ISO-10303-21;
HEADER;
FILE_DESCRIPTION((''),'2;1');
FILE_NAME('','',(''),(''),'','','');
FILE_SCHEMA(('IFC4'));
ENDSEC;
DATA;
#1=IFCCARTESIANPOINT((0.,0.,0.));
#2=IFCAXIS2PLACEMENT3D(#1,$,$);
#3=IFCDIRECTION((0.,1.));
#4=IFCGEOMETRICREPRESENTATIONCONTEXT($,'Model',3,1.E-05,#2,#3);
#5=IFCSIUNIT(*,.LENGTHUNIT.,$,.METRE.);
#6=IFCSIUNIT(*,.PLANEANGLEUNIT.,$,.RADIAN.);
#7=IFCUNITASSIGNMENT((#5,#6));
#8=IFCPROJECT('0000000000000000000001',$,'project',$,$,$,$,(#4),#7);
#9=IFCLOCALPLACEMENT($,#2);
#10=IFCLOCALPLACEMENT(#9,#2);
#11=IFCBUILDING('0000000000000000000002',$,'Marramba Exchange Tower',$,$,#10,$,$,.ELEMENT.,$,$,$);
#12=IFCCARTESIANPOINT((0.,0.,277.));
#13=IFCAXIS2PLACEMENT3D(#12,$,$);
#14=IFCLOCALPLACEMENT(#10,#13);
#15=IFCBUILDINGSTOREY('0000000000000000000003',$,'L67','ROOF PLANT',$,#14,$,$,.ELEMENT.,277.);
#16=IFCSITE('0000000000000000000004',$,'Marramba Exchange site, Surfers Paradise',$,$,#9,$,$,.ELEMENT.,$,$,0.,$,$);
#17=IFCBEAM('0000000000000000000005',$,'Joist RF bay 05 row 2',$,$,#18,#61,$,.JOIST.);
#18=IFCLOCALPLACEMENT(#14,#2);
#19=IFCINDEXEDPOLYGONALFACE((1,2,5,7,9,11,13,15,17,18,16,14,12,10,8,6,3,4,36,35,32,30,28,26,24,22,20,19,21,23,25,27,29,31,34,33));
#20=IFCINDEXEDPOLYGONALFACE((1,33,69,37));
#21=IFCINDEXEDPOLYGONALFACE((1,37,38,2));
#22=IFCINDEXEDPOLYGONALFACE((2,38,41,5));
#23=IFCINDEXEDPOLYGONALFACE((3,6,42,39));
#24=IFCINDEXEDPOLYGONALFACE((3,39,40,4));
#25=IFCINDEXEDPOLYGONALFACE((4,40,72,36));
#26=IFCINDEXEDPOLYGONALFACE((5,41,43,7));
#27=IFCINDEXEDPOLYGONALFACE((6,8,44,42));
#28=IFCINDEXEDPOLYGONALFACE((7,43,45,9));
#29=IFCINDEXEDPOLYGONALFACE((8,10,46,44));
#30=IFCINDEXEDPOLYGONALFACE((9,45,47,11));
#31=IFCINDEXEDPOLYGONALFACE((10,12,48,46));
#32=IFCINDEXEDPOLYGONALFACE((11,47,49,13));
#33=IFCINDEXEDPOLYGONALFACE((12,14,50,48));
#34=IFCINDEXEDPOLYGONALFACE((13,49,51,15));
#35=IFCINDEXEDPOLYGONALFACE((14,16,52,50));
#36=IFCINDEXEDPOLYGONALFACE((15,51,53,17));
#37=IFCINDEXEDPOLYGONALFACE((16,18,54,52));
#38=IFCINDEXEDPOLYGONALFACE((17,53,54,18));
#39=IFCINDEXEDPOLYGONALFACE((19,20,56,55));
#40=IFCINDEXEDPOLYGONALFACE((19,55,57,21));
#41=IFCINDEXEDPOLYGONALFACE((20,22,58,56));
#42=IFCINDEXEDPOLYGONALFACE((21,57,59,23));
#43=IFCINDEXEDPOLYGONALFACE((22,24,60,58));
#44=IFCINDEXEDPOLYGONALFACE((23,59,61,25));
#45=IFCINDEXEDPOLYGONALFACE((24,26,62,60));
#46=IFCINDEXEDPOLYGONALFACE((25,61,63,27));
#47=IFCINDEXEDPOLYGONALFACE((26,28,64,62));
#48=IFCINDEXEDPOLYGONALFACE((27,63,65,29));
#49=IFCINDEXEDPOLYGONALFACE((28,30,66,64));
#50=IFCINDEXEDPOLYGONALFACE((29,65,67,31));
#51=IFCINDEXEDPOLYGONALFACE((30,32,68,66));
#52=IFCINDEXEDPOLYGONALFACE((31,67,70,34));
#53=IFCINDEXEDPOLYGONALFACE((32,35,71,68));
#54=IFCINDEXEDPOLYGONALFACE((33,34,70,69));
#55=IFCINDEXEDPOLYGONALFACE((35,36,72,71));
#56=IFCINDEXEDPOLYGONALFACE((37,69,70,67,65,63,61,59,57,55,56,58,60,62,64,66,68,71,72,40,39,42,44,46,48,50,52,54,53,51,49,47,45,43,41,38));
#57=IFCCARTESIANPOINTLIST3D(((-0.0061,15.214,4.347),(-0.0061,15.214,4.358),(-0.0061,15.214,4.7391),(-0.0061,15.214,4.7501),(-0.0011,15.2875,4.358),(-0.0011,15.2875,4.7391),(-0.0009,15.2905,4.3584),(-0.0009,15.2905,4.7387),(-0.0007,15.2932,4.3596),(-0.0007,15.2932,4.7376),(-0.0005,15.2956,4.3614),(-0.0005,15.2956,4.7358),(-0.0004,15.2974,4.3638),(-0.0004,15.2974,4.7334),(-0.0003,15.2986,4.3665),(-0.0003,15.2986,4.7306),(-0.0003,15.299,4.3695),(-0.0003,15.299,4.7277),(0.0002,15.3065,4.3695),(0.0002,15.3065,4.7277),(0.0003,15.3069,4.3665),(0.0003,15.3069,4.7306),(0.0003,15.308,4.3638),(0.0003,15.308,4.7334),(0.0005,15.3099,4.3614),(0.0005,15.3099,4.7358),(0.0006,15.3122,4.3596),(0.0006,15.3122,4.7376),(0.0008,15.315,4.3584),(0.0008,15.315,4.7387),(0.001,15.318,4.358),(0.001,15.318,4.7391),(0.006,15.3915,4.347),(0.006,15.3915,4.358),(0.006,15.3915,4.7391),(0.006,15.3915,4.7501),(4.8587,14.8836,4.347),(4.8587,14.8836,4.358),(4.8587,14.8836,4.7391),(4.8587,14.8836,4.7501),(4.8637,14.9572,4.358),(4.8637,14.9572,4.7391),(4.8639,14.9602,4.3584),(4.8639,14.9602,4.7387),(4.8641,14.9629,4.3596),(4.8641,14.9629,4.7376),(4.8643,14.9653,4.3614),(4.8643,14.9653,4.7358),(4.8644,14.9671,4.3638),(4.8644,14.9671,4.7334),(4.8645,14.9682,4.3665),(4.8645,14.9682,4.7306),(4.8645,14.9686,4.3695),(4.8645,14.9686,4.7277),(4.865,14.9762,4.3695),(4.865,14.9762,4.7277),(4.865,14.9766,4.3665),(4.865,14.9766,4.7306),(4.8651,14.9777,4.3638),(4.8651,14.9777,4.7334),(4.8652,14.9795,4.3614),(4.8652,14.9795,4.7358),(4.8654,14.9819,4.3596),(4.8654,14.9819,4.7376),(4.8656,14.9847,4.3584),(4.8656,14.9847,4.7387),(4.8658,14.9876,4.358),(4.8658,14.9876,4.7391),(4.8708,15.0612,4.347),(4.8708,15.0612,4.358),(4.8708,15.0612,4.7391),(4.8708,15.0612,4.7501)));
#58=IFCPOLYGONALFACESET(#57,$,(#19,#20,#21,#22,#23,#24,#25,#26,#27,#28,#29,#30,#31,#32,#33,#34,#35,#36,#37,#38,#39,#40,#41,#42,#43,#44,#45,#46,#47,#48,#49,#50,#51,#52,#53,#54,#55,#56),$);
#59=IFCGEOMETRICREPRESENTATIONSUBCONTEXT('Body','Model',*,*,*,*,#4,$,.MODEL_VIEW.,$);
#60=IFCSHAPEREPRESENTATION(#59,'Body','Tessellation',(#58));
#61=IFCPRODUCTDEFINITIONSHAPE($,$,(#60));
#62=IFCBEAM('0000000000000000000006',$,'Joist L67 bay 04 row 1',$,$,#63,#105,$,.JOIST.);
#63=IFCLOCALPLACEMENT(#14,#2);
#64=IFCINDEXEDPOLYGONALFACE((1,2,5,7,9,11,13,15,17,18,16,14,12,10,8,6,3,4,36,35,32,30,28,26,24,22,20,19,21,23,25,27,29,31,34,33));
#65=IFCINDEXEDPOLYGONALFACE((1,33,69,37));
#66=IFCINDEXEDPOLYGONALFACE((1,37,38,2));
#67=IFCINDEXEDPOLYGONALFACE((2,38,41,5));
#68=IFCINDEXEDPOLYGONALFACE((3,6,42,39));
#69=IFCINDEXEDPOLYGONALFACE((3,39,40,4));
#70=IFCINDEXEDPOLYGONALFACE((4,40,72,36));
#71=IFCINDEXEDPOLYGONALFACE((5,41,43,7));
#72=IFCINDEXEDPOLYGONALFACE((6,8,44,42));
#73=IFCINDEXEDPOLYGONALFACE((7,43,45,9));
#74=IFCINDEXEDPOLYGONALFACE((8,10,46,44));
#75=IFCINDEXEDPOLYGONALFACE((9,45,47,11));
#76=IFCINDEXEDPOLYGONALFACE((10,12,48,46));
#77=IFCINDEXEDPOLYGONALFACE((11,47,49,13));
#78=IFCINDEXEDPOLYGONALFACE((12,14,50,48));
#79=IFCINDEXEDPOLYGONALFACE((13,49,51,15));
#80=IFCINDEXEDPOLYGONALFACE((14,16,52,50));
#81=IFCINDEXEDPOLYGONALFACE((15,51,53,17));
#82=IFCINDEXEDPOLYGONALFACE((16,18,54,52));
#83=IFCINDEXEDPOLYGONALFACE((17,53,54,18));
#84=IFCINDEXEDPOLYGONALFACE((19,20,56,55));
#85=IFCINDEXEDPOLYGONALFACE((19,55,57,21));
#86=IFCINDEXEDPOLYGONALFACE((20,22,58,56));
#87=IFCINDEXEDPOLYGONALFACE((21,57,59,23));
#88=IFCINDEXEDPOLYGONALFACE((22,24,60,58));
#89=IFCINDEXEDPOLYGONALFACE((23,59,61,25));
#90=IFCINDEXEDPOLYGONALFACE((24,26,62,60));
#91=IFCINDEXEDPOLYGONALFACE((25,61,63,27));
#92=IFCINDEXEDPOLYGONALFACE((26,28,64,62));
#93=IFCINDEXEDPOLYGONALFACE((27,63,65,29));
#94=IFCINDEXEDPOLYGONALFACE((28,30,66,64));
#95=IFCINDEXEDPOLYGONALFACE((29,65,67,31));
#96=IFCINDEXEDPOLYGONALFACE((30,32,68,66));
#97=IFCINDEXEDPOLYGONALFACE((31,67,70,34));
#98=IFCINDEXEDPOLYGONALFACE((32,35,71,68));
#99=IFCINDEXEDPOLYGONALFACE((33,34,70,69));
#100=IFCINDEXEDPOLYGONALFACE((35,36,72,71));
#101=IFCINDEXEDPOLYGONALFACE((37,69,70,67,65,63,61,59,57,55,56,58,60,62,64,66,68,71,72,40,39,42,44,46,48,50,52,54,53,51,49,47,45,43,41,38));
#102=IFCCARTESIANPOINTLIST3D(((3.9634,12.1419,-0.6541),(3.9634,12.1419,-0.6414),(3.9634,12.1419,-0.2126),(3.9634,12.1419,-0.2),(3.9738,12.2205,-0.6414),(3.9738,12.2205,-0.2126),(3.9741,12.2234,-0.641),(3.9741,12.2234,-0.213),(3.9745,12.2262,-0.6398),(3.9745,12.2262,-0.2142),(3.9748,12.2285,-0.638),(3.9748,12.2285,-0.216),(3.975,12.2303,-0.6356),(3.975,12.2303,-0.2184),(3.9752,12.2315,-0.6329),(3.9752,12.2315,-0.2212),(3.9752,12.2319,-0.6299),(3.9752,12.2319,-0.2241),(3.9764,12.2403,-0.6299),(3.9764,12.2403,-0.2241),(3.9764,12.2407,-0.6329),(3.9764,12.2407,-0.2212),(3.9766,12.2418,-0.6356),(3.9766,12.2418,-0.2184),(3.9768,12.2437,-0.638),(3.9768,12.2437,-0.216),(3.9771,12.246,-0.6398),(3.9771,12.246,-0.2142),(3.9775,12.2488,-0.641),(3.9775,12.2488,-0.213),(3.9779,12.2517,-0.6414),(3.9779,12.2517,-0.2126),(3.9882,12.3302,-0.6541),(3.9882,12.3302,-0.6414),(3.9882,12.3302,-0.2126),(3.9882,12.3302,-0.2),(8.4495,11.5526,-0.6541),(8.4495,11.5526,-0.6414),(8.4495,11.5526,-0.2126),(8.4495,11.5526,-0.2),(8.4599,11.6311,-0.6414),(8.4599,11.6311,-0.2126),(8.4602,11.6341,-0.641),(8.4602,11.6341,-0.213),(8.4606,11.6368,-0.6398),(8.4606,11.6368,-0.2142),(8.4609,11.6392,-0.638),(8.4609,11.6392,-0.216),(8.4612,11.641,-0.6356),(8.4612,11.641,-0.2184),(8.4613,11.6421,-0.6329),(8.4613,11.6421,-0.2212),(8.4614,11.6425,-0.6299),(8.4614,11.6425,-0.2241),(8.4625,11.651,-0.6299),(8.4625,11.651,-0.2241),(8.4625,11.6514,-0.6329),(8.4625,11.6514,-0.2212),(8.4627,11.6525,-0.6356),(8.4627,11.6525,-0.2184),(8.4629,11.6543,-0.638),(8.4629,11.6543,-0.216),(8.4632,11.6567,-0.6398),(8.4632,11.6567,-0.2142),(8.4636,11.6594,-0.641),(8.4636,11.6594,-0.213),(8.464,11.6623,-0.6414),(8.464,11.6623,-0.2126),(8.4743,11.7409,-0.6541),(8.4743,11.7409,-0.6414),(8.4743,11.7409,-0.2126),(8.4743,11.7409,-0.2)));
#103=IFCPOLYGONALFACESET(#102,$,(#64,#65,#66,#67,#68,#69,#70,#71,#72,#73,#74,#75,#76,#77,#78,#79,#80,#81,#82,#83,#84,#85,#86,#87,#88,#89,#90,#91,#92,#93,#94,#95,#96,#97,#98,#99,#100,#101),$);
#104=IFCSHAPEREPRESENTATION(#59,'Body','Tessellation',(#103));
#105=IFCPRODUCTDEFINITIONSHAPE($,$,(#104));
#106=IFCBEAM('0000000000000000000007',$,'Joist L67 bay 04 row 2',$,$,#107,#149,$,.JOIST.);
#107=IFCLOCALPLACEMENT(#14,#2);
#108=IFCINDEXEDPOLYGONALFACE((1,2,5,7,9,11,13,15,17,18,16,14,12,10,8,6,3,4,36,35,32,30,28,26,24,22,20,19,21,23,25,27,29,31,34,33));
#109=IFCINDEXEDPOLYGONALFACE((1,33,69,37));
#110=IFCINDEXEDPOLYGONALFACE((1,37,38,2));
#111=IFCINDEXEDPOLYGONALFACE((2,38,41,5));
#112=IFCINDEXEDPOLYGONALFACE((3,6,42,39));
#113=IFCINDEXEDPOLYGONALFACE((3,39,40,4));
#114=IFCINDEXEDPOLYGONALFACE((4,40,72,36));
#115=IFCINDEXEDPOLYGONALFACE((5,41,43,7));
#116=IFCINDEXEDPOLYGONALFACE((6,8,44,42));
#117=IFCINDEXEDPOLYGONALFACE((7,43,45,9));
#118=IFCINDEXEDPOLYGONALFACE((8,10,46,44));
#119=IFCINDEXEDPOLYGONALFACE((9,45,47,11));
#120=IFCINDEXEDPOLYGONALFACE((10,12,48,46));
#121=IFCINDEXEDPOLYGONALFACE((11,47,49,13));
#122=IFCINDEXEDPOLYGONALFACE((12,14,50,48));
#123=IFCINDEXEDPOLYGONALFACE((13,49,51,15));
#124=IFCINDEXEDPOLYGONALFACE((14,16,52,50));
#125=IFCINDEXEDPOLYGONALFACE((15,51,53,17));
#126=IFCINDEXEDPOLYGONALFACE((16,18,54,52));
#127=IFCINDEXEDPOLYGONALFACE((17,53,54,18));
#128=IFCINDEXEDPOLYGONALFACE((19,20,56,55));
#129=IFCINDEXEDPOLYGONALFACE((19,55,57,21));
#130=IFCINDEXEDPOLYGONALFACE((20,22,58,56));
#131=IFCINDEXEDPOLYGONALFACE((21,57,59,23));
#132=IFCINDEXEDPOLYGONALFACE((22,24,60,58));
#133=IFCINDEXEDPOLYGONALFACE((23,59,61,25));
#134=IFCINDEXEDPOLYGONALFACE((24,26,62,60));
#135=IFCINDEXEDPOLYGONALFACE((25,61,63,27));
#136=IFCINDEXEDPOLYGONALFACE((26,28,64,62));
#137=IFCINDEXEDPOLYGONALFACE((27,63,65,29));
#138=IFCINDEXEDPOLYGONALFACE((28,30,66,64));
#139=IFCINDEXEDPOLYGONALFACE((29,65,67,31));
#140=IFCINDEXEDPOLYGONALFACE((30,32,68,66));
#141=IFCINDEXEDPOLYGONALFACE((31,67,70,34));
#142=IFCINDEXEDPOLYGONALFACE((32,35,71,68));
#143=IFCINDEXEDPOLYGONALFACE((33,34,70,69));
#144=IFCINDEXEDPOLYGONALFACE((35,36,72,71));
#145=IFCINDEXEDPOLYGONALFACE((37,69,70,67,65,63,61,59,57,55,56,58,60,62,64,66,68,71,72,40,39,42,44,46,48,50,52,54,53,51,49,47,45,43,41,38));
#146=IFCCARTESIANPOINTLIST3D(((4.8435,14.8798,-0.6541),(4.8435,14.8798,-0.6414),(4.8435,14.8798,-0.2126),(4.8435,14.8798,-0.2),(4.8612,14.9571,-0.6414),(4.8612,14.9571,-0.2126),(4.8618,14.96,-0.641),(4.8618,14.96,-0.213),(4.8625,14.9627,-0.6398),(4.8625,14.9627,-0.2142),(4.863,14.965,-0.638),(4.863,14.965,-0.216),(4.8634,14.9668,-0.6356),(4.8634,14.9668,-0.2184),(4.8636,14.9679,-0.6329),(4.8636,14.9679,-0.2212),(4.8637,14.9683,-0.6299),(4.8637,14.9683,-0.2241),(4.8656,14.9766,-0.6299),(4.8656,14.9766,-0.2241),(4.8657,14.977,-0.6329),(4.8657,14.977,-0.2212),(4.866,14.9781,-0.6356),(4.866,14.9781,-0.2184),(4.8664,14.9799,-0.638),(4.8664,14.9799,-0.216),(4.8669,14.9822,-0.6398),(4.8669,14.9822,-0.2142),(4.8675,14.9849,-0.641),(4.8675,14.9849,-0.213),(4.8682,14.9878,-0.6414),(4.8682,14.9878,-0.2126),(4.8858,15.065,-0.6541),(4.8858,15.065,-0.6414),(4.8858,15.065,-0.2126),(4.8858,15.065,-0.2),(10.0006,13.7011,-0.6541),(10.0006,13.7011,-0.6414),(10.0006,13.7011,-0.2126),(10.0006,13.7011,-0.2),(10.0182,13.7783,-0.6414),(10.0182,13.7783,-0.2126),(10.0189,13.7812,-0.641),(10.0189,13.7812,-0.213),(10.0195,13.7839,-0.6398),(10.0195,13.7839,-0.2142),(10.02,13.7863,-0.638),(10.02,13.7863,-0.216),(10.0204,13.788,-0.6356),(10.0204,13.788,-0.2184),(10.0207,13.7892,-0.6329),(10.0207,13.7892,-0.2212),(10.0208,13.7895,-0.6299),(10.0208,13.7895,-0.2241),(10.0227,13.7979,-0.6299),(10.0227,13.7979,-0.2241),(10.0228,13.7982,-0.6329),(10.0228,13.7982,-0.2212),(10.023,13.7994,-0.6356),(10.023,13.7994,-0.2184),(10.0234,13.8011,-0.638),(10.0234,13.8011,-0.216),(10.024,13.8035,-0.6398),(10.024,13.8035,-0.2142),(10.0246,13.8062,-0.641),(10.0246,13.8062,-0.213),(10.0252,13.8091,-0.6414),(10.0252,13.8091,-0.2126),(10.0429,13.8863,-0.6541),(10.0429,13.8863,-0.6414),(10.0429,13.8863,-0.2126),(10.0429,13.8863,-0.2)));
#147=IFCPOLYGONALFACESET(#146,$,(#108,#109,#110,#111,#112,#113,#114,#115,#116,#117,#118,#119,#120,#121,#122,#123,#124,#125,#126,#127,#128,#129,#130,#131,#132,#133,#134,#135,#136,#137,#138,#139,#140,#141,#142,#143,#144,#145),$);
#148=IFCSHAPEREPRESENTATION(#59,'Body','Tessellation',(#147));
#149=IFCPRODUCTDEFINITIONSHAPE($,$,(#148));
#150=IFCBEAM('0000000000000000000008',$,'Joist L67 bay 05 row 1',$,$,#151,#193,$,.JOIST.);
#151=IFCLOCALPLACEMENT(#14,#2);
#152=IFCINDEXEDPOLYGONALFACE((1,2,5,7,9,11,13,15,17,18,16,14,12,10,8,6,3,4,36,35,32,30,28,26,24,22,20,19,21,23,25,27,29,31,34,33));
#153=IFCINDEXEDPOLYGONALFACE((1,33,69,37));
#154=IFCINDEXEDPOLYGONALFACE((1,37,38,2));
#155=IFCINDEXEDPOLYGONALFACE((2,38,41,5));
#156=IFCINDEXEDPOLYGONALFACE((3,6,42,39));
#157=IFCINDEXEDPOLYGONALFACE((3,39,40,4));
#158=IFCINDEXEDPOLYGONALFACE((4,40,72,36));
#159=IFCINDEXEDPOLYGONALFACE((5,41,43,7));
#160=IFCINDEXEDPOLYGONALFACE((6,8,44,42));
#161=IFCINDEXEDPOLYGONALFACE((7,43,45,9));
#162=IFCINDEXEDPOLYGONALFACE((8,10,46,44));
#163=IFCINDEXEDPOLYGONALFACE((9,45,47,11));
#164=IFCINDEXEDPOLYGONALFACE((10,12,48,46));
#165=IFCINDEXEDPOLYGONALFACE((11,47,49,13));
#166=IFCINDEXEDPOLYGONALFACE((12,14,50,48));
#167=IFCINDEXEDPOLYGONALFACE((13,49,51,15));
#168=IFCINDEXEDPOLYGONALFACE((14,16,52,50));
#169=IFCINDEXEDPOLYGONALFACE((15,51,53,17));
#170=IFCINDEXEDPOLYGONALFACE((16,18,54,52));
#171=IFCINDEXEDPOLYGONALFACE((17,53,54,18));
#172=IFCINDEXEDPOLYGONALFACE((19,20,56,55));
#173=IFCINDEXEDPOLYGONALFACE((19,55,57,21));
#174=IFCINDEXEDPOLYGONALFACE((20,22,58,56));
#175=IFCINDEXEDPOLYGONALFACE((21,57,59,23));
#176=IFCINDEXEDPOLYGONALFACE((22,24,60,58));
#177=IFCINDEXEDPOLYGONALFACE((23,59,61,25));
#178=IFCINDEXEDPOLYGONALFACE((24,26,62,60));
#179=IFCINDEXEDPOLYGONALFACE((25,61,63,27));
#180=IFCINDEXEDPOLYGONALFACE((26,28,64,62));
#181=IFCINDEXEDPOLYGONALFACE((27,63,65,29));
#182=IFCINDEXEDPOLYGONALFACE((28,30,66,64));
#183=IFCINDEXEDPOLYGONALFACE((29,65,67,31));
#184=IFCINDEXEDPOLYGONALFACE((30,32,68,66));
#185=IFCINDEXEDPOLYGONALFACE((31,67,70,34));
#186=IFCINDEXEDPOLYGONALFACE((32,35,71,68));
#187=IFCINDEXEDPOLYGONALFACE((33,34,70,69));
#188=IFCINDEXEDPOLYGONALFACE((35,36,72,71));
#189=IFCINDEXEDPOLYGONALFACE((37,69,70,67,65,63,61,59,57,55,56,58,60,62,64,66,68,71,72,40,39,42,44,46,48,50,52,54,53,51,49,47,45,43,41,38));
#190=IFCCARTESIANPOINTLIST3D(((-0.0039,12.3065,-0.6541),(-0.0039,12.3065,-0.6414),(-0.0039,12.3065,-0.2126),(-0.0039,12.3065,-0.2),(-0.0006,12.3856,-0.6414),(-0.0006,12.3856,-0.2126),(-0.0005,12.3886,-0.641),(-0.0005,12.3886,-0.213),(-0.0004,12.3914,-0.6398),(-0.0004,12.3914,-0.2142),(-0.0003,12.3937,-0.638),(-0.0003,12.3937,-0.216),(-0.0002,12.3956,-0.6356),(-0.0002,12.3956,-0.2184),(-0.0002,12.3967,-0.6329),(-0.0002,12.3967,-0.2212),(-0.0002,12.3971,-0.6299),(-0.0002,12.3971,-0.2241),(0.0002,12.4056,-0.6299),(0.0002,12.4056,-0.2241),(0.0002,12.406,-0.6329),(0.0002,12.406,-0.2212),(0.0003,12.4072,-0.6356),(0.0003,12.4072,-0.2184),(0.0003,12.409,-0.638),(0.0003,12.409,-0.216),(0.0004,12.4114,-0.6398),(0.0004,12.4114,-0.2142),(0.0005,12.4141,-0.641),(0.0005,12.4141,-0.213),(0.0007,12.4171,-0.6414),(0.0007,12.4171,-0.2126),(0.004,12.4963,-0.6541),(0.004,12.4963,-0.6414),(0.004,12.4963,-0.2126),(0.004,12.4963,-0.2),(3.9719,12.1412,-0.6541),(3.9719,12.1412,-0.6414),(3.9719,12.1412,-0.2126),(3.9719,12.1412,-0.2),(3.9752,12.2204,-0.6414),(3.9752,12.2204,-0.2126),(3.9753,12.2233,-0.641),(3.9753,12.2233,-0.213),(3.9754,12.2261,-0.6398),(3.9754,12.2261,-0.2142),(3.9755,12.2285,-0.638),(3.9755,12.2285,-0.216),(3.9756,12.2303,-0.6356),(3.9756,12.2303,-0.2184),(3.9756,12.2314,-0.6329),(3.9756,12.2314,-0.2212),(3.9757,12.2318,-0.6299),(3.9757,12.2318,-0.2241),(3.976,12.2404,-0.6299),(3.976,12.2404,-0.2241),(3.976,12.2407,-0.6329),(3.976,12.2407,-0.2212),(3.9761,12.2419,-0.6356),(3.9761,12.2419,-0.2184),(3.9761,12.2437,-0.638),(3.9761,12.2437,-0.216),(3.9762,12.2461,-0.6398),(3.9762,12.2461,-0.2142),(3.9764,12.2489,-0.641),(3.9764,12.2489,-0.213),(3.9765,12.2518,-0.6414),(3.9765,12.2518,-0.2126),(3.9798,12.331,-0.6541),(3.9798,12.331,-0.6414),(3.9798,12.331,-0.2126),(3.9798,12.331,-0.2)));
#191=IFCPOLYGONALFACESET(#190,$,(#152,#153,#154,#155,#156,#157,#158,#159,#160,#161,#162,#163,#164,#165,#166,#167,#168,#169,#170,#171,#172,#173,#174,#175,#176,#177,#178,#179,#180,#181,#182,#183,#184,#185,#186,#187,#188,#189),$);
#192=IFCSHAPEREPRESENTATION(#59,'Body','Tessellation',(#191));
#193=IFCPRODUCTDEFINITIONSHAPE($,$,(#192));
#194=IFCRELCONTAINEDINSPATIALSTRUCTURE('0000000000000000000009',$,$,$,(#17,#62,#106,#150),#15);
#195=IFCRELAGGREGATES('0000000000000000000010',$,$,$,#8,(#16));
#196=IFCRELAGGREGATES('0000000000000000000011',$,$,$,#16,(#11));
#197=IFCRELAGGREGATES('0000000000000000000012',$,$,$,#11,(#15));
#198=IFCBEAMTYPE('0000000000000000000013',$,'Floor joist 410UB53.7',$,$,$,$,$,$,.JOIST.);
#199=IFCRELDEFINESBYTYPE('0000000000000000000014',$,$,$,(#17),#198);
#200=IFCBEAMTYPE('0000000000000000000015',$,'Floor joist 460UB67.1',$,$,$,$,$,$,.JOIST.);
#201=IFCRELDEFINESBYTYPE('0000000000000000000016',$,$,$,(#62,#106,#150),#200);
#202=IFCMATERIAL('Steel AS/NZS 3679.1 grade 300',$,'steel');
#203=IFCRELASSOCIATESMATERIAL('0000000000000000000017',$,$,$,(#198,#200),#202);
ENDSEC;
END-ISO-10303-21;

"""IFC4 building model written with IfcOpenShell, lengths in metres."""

from ifc_helpers import new_model, si_unit, direction, frame, origin, origin_2d, place, context, subcontext, project, spatial, i_section, extrude, material, material_profile, profile_set, type_object, element, save


model = new_model("IFC4")

# Units and contexts
model_context = context("Model", 3, precision=1e-05, world=origin(), true_north=direction((0.0, 1.0)))
body_context = subcontext(model_context, "Body", "Model", "MODEL_VIEW")
ifc_project = project(units=[si_unit("LENGTHUNIT", "METRE"), si_unit("PLANEANGLEUNIT", "RADIAN")], contexts=[model_context])

# Site, building, storey
site_placement = place(None, origin())
site = spatial("IfcSite", under=ifc_project, at=site_placement, Name="Marramba Exchange site, Surfers Paradise", CompositionType="ELEMENT", RefElevation=0.0)
building_placement = place(site_placement, origin())
building = spatial("IfcBuilding", under=site, at=building_placement, Name="Marramba Exchange Tower", CompositionType="ELEMENT")
storey_placement = place(building_placement, frame((0.0, 0.0, 277.0)))
storey = spatial("IfcBuildingStorey", under=building, at=storey_placement, Name="L67", Description="ROOF PLANT", CompositionType="ELEMENT", Elevation=277.0)

# Beams
ifc_material_1 = material(Name="Steel AS/NZS 3679.1 grade 300", Category="steel")
ifc_material_profile_1 = material_profile(ifc_material_1, i_section(OverallWidth=0.178, OverallDepth=0.4031, WebThickness=0.0076, FlangeThickness=0.011, FilletRadius=0.0115, at=origin_2d()), Name="410UB53.7")
ifc_profile_set_1 = profile_set([ifc_material_profile_1], Name="Steel AS/NZS 3679.1 grade 300")
beam_type_1 = type_object("IfcBeamType", Name="Floor joist 410UB53.7", PredefinedType="JOIST", material=ifc_profile_set_1)
beam_1_placement = place(storey_placement, frame((4.8647, 14.9724, 4.5486), z_axis=(-0.997703, 0.067745, 0.0), x_axis=(-0.067745, -0.997703, 0.0)))
element("IfcBeam", 1, at=beam_1_placement, inside=storey, type_object=beam_type_1, Name="Joist RF bay 05 row 2", PredefinedType="JOIST", context=body_context, shape_type="SweptSolid", body=[
    extrude(i_section(OverallWidth=0.178, OverallDepth=0.4031, WebThickness=0.0076, FlangeThickness=0.011, FilletRadius=0.0115, at=origin_2d()), origin(), (0.0, 0.0, 1.0), 4.876),
])
ifc_material_profile_2 = material_profile(ifc_material_1, i_section(OverallWidth=0.1899, OverallDepth=0.4541, WebThickness=0.0085, FlangeThickness=0.0127, FilletRadius=0.0115, at=origin_2d()), Name="460UB67.1")
ifc_profile_set_2 = profile_set([ifc_material_profile_2], Name="Steel AS/NZS 3679.1 grade 300")
beam_type_2 = type_object("IfcBeamType", Name="Floor joist 460UB67.1", PredefinedType="JOIST", material=ifc_profile_set_2)
beam_2_placement = place(storey_placement, frame((8.4619, 11.6467, -0.427), z_axis=(-0.991481, 0.130255, 0.0), x_axis=(-0.130255, -0.991481, 0.0)))
element("IfcBeam", 2, at=beam_2_placement, inside=storey, type_object=beam_type_2, Name="Joist L67 bay 04 row 1", PredefinedType="JOIST", context=body_context, shape_type="SweptSolid", body=[
    extrude(i_section(OverallWidth=0.1899, OverallDepth=0.4541, WebThickness=0.0085, FlangeThickness=0.0127, FilletRadius=0.0115, at=origin_2d()), origin(), (0.0, 0.0, 1.0), 4.5247),
])
beam_3_placement = place(storey_placement, frame((10.0217, 13.7937, -0.427), z_axis=(-0.97486, 0.22282, 0.0), x_axis=(-0.22282, -0.97486, 0.0)))
element("IfcBeam", 3, at=beam_3_placement, inside=storey, type_object=beam_type_2, Name="Joist L67 bay 04 row 2", PredefinedType="JOIST", context=body_context, shape_type="SweptSolid", body=[
    extrude(i_section(OverallWidth=0.1899, OverallDepth=0.4541, WebThickness=0.0085, FlangeThickness=0.0127, FilletRadius=0.0115, at=origin_2d()), origin(), (0.0, 0.0, 1.0), 5.29),
])
beam_4_placement = place(storey_placement, frame((3.9758, 12.2361, -0.427), z_axis=(-0.999137, 0.041536, 0.0), x_axis=(-0.041536, -0.999137, 0.0)))
element("IfcBeam", 4, at=beam_4_placement, inside=storey, type_object=beam_type_2, Name="Joist L67 bay 05 row 1", PredefinedType="JOIST", context=body_context, shape_type="SweptSolid", body=[
    extrude(i_section(OverallWidth=0.1899, OverallDepth=0.4541, WebThickness=0.0085, FlangeThickness=0.0127, FilletRadius=0.0115, at=origin_2d()), origin(), (0.0, 0.0, 1.0), 3.9792),
])

save(model, "model.ifc")
